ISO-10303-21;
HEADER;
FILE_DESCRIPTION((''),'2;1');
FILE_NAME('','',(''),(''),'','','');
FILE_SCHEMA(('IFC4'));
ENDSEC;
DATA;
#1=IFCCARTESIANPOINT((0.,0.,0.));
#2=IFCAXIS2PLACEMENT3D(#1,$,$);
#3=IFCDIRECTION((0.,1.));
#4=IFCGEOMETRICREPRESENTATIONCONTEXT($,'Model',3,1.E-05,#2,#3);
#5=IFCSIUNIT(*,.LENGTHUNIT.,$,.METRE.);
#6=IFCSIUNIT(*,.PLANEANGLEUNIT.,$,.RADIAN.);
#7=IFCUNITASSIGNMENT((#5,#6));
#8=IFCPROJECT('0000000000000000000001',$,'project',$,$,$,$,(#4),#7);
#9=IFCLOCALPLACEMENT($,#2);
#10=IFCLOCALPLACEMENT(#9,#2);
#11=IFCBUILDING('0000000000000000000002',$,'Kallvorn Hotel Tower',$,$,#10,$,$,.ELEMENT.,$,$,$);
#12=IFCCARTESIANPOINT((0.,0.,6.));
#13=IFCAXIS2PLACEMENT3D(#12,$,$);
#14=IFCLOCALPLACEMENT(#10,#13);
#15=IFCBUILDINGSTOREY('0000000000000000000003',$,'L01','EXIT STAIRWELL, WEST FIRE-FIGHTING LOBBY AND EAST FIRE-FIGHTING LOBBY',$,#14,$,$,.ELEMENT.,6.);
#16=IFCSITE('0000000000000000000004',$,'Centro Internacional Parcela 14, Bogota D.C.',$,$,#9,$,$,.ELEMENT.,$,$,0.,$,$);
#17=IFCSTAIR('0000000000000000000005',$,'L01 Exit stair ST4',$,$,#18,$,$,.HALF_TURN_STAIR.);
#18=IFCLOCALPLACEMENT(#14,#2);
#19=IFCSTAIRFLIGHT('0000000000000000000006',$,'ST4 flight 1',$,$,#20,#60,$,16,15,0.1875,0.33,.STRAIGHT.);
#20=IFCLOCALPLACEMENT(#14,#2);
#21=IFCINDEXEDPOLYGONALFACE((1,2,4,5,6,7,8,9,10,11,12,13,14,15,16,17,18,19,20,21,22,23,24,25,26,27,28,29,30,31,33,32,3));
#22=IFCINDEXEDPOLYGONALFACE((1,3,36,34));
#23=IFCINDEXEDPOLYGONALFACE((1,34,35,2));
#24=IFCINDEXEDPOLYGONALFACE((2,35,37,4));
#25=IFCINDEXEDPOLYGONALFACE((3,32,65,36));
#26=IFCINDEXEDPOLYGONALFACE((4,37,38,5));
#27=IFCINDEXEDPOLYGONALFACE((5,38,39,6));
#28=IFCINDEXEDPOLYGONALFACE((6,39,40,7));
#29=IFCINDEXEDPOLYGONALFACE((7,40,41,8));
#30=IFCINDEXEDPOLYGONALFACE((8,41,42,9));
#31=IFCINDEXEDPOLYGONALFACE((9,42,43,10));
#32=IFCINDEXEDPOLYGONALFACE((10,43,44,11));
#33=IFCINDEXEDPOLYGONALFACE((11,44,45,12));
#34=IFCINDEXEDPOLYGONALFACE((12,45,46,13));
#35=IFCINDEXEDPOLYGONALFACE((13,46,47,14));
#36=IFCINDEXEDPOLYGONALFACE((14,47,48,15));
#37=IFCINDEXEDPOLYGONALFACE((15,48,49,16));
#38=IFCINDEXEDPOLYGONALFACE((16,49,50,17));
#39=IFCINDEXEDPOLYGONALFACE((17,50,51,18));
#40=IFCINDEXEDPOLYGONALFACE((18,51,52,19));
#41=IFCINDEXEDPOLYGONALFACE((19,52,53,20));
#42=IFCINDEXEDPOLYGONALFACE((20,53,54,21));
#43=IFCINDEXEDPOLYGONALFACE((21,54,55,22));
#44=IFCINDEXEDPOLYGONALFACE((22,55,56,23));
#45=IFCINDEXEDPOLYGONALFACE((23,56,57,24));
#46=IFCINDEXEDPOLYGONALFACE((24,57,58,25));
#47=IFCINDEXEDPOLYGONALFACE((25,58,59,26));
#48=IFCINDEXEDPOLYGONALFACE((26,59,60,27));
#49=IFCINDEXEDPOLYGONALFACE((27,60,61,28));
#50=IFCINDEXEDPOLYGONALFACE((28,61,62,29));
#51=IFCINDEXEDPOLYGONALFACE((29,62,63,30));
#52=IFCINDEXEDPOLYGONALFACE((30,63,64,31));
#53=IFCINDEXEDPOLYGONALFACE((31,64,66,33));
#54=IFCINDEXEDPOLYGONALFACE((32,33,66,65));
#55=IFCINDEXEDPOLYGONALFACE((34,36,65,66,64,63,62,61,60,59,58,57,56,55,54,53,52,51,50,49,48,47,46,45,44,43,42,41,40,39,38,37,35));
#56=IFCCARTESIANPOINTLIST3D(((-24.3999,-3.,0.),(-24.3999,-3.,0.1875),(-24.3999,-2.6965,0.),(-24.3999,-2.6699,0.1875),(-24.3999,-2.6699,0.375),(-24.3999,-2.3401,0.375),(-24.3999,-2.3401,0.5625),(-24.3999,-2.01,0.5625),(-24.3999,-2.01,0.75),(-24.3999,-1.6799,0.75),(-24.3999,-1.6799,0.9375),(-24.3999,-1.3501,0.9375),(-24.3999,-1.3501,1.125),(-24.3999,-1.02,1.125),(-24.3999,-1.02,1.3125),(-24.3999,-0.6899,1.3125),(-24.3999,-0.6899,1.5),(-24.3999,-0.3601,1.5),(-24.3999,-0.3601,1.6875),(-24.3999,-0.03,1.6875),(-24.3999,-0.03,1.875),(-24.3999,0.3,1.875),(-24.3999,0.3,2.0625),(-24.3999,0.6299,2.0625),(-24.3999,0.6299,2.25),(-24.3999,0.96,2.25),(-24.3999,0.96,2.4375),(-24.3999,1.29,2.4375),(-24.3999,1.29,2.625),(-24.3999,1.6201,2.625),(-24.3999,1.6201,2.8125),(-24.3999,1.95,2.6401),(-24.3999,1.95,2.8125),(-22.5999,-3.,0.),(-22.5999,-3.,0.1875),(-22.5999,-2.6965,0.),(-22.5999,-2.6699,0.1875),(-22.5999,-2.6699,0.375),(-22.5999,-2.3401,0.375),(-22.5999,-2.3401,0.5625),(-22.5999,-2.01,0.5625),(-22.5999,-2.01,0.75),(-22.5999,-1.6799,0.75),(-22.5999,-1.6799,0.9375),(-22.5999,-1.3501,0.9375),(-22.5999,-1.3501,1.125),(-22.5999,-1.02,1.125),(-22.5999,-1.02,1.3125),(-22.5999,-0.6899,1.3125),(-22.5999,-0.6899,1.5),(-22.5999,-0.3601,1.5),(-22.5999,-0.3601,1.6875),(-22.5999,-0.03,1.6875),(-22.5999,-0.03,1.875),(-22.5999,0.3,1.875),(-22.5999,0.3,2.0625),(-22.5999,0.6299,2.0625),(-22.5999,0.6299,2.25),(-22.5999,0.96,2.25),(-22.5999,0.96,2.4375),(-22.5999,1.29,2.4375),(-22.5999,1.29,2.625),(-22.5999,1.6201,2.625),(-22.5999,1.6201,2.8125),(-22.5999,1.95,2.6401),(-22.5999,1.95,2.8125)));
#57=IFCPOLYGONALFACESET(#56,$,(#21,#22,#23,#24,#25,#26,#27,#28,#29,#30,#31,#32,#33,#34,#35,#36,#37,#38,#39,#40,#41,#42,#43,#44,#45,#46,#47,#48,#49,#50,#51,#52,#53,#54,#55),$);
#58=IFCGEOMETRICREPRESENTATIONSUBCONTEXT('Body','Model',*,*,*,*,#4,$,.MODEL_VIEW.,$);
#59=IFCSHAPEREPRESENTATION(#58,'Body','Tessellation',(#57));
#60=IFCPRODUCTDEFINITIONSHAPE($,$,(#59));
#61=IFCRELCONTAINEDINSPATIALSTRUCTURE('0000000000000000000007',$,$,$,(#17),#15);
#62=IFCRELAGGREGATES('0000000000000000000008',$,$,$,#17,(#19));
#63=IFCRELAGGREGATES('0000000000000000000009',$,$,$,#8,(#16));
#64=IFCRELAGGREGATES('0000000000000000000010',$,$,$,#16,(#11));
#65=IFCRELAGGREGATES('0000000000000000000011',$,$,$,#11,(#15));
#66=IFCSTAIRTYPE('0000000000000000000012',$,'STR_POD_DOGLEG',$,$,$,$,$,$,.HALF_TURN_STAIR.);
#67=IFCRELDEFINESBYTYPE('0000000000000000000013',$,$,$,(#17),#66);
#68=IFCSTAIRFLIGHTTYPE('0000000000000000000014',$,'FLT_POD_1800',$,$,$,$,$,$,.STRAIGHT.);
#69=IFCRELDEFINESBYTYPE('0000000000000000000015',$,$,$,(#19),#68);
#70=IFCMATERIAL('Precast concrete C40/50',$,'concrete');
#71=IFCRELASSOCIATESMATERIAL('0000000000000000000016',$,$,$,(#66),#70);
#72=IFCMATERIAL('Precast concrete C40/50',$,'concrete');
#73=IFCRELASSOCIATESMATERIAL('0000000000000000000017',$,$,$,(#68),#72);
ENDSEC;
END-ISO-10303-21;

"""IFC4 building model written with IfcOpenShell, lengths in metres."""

from ifc_helpers import new_model, si_unit, direction, frame, origin, place, context, subcontext, project, spatial, polyline, outline, extrude, material, type_object, element, aggregate, save


model = new_model("IFC4")

# Units and contexts
model_context = context("Model", 3, precision=1e-05, world=origin(), true_north=direction((0.0, 1.0)))
body_context = subcontext(model_context, "Body", "Model", "MODEL_VIEW")
ifc_project = project(units=[si_unit("LENGTHUNIT", "METRE"), si_unit("PLANEANGLEUNIT", "RADIAN")], contexts=[model_context])

# Site, building, storey
site_placement = place(None, origin())
site = spatial("IfcSite", under=ifc_project, at=site_placement, Name="Centro Internacional Parcela 14, Bogota D.C.", CompositionType="ELEMENT", RefElevation=0.0)
building_placement = place(site_placement, origin())
building = spatial("IfcBuilding", under=site, at=building_placement, Name="Kallvorn Hotel Tower", CompositionType="ELEMENT")
storey_placement = place(building_placement, frame((0.0, 0.0, 6.0)))
storey = spatial("IfcBuildingStorey", under=building, at=storey_placement, Name="L01", Description="EXIT STAIRWELL, WEST FIRE-FIGHTING LOBBY AND EAST FIRE-FIGHTING LOBBY", CompositionType="ELEMENT", Elevation=6.0)

# Stair, stair flight
ifc_material_1 = material(Name="Precast concrete C40/50", Category="concrete")
stair_type = type_object("IfcStairType", Name="STR_POD_DOGLEG", PredefinedType="HALF_TURN_STAIR", material=ifc_material_1)
stair_placement = place(storey_placement, origin())
stair = element("IfcStair", 1, at=stair_placement, inside=storey, type_object=stair_type, Name="L01 Exit stair ST4", PredefinedType="HALF_TURN_STAIR")
ifc_material_2 = material(Name="Precast concrete C40/50", Category="concrete")
stair_flight_type = type_object("IfcStairFlightType", Name="FLT_POD_1800", PredefinedType="STRAIGHT", material=ifc_material_2)
stair_flight_placement = place(storey_placement, frame((-23.5, -3.0, 0.0), z_axis=(0.0, 0.0, 1.0), x_axis=(0.0, 1.0, 0.0)))
stair_flight = element("IfcStairFlight", 2, at=stair_flight_placement, type_object=stair_flight_type, Name="ST4 flight 1", NumberOfRisers=16, NumberOfTreads=15, PredefinedType="STRAIGHT", RiserHeight=0.1875, TreadLength=0.33, context=body_context, shape_type="SweptSolid", body=[
    extrude(outline(polyline([(0.0, 0.0), (0.0, 0.1875), (0.3301, 0.1875), (0.3301, 0.375), (0.6599, 0.375), (0.6599, 0.5625), (0.99, 0.5625), (0.99, 0.75), (1.3201, 0.75), (1.3201, 0.9375), (1.6499, 0.9375), (1.6499, 1.125), (1.98, 1.125), (1.98, 1.3125), (2.3101, 1.3125), (2.3101, 1.5), (2.6399, 1.5), (2.6399, 1.6875), (2.97, 1.6875), (2.97, 1.875), (3.3, 1.875), (3.3, 2.0625), (3.6299, 2.0625), (3.6299, 2.25), (3.96, 2.25), (3.96, 2.4375), (4.29, 2.4375), (4.29, 2.625), (4.6201, 2.625), (4.6201, 2.8125), (4.95, 2.8125), (4.95, 3.0), (4.95, 2.6401), (0.3035, 0.0), (0.0, 0.0)])), frame((0.0, 0.8999, 0.0), z_axis=(0.0, -1.0, 0.0), x_axis=(1.0, 0.0, 0.0)), (0.0, 0.0, 1.0), 1.8),
])
aggregate(stair, [stair_flight])

save(model, "model.ifc")
